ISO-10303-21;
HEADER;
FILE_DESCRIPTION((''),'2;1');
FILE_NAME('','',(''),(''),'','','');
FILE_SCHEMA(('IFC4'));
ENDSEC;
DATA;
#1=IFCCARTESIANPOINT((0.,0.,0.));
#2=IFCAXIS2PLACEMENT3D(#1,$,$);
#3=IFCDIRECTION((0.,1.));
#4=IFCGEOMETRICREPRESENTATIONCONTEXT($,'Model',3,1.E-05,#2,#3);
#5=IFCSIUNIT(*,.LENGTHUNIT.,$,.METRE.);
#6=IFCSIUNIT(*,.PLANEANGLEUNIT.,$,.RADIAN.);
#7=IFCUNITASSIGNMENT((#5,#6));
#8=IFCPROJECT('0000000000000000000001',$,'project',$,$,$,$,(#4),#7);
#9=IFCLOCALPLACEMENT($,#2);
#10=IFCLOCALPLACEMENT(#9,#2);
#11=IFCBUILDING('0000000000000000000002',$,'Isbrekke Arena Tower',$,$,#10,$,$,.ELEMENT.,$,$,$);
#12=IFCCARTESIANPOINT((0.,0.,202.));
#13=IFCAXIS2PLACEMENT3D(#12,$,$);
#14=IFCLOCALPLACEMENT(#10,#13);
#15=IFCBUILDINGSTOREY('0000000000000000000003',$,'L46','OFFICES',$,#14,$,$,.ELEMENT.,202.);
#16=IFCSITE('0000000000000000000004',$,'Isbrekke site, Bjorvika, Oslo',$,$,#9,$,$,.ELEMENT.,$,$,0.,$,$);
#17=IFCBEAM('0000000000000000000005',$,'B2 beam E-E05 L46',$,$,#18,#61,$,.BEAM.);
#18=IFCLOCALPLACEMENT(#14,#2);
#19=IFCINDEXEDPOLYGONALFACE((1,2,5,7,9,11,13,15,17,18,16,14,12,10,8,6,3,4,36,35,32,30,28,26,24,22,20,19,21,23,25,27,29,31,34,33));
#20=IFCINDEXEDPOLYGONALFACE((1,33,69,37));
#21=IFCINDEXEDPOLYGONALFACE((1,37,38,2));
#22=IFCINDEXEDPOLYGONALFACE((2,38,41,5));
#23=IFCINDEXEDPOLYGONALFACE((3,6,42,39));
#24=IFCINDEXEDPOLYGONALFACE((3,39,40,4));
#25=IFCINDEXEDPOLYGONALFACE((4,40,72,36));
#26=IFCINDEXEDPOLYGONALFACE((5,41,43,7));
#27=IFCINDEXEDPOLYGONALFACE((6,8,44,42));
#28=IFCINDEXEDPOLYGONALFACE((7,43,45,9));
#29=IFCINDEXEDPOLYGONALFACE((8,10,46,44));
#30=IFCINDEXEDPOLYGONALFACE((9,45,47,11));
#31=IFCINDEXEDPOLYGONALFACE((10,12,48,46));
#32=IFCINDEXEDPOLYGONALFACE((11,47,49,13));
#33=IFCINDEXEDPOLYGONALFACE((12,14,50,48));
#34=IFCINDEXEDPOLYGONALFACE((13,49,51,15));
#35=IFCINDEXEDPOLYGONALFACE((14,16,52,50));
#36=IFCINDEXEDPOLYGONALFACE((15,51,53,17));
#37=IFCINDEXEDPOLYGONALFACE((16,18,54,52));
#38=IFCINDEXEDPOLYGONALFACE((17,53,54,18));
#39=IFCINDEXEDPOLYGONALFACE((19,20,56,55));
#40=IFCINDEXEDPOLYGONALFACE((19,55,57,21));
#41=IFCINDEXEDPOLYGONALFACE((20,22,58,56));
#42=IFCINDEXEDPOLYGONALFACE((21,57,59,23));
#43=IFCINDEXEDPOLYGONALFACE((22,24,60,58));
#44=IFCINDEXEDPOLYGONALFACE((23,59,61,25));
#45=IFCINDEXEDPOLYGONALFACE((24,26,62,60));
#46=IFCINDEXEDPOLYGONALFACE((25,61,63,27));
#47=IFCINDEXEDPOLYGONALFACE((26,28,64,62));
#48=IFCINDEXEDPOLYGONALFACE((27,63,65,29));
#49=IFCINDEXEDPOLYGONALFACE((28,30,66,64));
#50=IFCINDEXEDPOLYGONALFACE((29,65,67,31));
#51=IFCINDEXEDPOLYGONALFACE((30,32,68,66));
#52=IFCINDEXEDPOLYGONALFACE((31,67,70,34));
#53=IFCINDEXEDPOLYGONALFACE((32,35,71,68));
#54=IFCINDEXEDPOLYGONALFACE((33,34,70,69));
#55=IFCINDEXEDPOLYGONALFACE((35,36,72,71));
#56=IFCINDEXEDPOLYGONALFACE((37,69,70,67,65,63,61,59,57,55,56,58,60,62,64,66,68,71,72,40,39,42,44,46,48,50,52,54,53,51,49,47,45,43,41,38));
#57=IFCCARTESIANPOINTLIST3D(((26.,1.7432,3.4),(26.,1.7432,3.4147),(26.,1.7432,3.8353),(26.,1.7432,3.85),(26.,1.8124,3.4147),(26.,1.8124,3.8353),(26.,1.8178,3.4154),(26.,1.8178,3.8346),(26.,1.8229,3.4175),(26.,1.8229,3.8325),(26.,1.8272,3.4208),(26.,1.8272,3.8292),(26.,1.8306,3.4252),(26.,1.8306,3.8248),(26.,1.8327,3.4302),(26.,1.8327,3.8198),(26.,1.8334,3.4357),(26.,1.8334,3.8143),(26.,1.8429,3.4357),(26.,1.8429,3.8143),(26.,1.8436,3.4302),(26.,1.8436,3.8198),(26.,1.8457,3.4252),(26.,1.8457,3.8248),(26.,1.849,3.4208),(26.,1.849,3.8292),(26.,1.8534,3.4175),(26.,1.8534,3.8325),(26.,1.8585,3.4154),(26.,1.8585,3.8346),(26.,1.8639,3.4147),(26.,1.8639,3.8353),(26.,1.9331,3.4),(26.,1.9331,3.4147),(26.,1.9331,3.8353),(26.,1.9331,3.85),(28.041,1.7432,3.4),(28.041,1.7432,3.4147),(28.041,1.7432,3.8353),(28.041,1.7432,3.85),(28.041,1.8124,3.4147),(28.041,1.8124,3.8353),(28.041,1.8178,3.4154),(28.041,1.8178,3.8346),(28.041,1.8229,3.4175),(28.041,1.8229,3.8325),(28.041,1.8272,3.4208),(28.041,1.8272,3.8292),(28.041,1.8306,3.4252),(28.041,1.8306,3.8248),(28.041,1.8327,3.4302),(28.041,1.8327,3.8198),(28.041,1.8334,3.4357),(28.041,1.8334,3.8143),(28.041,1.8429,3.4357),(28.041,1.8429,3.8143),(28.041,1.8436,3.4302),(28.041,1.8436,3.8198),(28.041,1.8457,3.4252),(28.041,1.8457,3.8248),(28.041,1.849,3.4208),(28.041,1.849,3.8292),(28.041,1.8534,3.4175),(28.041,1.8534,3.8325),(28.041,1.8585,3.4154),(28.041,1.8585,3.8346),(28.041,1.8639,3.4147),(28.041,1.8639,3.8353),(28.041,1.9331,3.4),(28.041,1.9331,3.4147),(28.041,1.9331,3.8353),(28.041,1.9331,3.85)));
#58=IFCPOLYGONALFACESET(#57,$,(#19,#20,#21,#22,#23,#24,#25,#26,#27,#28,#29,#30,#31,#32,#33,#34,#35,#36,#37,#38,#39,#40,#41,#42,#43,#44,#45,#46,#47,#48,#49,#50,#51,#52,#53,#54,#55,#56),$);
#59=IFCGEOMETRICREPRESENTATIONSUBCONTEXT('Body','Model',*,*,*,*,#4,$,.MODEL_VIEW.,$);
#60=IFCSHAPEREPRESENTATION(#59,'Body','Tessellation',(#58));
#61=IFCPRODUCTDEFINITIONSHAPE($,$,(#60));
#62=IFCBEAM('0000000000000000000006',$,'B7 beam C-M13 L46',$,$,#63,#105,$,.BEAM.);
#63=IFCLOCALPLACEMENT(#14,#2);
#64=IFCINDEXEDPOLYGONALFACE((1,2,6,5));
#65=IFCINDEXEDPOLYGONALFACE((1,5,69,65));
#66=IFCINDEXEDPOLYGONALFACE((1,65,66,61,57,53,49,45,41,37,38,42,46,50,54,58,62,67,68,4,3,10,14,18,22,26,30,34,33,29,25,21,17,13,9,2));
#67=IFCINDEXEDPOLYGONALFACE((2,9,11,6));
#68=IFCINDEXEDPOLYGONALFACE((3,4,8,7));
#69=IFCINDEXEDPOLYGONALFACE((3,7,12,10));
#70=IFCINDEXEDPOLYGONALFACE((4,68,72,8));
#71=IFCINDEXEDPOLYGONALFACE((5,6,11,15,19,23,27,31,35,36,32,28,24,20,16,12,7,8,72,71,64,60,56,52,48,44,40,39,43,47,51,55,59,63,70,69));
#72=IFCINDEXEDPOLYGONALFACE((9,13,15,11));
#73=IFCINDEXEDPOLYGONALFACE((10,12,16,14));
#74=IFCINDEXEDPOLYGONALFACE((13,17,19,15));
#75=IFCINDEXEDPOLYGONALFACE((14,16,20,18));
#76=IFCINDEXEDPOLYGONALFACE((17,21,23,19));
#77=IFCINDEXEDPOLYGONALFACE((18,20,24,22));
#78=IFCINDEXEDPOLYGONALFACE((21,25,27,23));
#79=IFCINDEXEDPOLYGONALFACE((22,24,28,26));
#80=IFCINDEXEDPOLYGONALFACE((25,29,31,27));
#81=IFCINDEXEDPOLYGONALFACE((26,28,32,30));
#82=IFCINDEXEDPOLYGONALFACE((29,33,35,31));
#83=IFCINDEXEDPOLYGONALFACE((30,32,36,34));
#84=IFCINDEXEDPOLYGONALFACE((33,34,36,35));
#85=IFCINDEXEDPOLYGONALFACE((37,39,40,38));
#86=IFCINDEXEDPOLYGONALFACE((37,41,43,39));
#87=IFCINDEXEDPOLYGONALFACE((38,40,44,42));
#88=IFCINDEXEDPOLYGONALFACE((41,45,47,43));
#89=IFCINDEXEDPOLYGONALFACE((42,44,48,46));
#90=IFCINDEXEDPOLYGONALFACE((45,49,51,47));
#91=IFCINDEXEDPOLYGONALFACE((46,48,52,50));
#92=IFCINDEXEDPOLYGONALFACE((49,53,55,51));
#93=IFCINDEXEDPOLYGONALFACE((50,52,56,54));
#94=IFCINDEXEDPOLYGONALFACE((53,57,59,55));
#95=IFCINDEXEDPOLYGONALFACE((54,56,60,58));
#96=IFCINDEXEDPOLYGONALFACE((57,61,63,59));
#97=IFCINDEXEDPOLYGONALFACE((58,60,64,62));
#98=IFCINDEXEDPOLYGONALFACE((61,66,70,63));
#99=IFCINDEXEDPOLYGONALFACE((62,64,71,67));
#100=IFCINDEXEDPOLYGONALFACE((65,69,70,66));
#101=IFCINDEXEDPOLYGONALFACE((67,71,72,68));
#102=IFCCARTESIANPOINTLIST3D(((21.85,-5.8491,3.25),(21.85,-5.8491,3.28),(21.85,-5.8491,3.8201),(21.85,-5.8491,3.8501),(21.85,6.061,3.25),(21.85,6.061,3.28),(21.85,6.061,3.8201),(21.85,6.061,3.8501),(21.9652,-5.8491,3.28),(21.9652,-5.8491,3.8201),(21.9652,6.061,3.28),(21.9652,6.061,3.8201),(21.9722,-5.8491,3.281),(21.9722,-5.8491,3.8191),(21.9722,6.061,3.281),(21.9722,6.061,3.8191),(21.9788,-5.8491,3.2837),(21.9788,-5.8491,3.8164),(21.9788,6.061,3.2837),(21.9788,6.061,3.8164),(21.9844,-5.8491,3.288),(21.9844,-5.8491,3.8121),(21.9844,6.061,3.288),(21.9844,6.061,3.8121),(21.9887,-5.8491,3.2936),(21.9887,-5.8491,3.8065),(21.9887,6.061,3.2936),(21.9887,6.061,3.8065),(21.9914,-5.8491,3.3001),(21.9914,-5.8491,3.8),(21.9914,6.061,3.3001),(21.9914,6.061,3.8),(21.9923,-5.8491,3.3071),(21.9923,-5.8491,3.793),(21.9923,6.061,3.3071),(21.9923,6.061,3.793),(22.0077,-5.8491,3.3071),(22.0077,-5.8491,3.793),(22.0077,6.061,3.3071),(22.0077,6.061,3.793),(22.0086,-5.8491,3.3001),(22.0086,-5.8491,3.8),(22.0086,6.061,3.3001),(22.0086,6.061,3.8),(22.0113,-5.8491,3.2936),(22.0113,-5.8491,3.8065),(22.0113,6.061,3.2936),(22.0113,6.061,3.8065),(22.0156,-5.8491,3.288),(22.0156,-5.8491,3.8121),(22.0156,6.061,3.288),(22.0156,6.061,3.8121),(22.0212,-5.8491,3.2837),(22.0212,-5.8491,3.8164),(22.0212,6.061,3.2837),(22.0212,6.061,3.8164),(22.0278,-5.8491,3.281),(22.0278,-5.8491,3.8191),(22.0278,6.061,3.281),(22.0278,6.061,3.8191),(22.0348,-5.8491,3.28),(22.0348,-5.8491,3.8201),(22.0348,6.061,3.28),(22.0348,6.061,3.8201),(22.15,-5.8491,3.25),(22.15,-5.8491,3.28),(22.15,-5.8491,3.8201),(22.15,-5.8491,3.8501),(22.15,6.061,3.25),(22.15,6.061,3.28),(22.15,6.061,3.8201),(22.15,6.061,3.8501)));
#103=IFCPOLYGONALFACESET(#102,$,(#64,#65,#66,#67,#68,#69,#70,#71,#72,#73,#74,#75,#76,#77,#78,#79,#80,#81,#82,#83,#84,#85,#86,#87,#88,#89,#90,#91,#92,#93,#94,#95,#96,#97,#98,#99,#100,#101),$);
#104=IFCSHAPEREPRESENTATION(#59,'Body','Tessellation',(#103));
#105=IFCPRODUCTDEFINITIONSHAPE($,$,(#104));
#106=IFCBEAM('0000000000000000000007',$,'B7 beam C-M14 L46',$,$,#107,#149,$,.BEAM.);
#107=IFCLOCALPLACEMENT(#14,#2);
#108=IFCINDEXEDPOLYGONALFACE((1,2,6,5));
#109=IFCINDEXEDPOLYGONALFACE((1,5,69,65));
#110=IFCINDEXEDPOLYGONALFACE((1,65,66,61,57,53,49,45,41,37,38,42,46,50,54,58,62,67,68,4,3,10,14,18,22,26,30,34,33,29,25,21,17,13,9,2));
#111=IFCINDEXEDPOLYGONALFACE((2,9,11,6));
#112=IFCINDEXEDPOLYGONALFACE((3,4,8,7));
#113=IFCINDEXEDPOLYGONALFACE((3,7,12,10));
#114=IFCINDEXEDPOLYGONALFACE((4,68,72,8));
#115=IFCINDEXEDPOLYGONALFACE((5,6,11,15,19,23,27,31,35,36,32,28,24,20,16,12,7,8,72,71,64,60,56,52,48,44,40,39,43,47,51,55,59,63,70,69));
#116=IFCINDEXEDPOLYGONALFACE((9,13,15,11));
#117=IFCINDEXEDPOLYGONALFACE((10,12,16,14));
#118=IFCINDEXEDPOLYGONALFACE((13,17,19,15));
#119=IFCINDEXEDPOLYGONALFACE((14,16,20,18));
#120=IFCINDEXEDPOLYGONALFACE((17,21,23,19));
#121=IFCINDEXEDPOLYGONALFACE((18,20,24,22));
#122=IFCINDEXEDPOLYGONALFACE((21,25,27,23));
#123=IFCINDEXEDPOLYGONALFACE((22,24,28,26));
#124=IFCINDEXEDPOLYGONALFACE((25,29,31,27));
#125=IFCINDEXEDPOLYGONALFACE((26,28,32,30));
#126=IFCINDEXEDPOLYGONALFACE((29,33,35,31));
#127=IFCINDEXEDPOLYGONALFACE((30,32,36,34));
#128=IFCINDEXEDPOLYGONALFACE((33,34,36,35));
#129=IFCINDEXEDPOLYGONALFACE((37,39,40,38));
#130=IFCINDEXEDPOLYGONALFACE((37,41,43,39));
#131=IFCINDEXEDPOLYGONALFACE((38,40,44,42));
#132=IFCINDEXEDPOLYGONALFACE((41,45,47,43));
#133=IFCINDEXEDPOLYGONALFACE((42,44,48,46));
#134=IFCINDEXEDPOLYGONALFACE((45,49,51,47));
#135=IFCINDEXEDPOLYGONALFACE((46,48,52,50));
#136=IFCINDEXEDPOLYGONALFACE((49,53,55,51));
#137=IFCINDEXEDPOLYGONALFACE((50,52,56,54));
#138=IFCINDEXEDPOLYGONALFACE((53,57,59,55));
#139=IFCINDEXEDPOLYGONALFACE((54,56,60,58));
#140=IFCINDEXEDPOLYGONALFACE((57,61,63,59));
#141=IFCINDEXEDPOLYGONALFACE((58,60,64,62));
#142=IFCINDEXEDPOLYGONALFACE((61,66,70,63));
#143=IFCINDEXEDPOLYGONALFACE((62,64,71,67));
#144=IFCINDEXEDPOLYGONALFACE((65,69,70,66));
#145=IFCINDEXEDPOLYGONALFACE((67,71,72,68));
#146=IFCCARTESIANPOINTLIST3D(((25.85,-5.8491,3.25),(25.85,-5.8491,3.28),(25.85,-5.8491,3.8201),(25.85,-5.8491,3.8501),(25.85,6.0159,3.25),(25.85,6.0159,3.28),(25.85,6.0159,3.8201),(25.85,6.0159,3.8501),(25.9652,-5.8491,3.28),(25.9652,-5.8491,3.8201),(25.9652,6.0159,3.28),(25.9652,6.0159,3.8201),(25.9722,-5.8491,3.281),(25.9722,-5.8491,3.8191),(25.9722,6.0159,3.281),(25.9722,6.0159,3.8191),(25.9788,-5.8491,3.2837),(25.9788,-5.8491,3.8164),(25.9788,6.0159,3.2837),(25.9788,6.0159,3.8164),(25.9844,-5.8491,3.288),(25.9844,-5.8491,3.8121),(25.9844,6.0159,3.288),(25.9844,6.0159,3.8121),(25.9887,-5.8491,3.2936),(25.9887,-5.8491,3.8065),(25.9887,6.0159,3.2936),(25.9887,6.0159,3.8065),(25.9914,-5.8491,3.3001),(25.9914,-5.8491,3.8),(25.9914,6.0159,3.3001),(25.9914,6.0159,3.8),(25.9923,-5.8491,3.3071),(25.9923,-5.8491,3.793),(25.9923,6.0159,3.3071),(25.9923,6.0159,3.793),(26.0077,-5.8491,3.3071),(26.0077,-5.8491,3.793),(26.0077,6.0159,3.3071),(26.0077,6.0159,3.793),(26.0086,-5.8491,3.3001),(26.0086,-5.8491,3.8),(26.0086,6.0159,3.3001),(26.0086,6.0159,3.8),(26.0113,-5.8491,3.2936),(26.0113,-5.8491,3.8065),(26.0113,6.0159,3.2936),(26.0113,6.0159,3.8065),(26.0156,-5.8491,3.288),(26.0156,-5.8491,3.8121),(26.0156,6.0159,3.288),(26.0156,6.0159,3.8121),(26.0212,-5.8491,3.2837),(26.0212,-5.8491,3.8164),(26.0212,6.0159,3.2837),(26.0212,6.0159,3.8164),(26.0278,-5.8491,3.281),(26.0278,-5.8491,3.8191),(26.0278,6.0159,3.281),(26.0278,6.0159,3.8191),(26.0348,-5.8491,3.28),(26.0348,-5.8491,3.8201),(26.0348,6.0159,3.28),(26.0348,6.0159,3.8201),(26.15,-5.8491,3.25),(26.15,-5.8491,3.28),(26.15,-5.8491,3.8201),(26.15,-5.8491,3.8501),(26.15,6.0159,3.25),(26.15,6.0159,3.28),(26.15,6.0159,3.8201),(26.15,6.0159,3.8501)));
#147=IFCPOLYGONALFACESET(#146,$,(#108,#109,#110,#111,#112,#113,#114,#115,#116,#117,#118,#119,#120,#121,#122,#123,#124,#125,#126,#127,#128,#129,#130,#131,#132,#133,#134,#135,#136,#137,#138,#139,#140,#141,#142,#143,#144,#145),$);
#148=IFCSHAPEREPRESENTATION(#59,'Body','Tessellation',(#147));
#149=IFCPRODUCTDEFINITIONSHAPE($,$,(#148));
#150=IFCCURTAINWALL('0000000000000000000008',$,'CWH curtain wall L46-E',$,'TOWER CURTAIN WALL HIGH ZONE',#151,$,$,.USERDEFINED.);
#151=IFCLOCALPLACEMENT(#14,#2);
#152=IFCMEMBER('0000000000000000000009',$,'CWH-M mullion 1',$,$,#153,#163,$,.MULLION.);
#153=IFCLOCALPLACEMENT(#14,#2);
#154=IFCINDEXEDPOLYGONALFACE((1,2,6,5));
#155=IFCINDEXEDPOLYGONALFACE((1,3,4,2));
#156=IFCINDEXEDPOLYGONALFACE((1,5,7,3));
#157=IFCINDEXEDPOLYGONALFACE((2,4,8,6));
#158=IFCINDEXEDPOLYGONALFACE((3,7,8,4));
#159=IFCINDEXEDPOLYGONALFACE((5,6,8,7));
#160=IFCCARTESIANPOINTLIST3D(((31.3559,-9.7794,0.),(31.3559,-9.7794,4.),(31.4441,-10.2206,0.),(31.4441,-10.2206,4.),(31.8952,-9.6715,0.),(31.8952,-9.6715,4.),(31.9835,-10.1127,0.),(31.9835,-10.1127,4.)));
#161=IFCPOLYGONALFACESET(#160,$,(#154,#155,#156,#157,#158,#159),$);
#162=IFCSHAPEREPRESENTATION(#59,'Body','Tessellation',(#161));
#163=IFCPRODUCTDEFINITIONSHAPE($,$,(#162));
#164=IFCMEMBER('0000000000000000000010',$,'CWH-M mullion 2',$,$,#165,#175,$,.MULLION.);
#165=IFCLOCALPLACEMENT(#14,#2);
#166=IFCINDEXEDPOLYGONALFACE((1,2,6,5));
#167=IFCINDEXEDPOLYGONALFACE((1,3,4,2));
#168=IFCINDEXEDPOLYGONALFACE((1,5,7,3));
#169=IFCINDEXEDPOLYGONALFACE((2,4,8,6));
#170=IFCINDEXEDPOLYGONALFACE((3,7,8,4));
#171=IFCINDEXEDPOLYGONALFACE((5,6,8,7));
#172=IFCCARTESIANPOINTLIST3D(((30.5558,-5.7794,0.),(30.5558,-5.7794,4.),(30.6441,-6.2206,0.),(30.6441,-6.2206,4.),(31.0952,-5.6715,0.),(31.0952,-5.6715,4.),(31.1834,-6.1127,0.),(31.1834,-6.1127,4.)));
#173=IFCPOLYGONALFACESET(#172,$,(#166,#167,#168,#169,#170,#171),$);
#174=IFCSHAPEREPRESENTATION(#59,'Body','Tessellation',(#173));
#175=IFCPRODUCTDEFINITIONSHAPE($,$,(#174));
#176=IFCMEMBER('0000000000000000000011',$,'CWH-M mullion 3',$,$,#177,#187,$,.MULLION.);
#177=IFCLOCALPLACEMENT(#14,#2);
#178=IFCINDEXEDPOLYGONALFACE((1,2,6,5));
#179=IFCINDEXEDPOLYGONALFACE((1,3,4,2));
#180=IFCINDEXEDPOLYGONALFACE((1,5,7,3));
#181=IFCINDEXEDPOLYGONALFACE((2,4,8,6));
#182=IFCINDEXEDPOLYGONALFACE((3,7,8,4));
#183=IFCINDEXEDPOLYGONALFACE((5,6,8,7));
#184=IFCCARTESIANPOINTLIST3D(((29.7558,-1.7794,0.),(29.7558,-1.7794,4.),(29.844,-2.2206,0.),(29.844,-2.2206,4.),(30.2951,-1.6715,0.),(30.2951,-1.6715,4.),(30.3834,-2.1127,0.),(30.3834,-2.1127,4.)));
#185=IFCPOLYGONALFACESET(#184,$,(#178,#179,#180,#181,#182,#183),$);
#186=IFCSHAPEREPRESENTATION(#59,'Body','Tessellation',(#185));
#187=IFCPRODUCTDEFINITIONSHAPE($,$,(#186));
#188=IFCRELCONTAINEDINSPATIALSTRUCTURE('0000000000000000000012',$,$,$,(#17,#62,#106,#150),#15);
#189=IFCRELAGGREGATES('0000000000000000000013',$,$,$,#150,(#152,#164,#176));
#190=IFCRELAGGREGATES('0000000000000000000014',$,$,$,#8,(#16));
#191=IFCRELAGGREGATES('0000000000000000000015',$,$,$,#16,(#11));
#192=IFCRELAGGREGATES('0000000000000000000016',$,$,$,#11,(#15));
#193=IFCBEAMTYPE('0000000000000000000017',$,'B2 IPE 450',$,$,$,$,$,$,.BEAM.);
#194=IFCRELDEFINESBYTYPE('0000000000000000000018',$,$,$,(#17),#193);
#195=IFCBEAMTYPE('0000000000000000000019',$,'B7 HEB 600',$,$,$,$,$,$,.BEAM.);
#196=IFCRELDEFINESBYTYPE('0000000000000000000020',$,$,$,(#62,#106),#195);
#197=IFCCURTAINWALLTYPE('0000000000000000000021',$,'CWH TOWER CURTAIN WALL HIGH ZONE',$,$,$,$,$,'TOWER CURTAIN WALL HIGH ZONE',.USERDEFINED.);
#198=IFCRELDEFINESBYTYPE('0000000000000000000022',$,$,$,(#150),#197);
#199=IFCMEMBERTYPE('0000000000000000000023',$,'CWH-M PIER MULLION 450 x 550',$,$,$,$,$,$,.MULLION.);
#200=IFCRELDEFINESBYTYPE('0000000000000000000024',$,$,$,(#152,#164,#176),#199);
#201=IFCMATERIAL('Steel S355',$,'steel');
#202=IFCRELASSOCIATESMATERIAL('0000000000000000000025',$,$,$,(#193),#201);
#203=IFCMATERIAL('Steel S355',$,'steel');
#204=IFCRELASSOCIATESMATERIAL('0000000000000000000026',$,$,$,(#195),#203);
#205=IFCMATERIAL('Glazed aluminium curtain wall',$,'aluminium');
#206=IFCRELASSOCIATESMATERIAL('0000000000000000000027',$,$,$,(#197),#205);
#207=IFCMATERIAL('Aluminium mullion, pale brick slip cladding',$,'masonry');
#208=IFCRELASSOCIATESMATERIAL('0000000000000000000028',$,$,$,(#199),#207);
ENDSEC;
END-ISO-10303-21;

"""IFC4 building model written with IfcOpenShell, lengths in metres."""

from ifc_helpers import new_model, si_unit, direction, frame, origin, origin_2d, place, context, subcontext, project, spatial, rectangle, i_section, extrude, material, material_profile, profile_set, type_object, element, aggregate, save


model = new_model("IFC4")

# Units and contexts
model_context = context("Model", 3, precision=1e-05, world=origin(), true_north=direction((0.0, 1.0)))
body_context = subcontext(model_context, "Body", "Model", "MODEL_VIEW")
ifc_project = project(units=[si_unit("LENGTHUNIT", "METRE"), si_unit("PLANEANGLEUNIT", "RADIAN")], contexts=[model_context])

# Site, building, storey
site_placement = place(None, origin())
site = spatial("IfcSite", under=ifc_project, at=site_placement, Name="Isbrekke site, Bjorvika, Oslo", CompositionType="ELEMENT", RefElevation=0.0)
building_placement = place(site_placement, origin())
building = spatial("IfcBuilding", under=site, at=building_placement, Name="Isbrekke Arena Tower", CompositionType="ELEMENT")
storey_placement = place(building_placement, frame((0.0, 0.0, 202.0)))
storey = spatial("IfcBuildingStorey", under=building, at=storey_placement, Name="L46", Description="OFFICES", CompositionType="ELEMENT", Elevation=202.0)

# Beams
ifc_material_1 = material(Name="Steel S355", Category="steel")
ifc_material_profile_1 = material_profile(ifc_material_1, i_section(OverallWidth=0.1899, OverallDepth=0.45, WebThickness=0.0095, FlangeThickness=0.0146, FilletRadius=0.021, at=origin_2d()), Name="IPE 450")
ifc_profile_set_1 = profile_set([ifc_material_profile_1], Name="Steel S355")
beam_type_1 = type_object("IfcBeamType", Name="B2 IPE 450", PredefinedType="BEAM", material=ifc_profile_set_1)
beam_1_placement = place(storey_placement, frame((28.041, 1.8381, 3.625), z_axis=(-1.0, 0.0, 0.0), x_axis=(0.0, -1.0, 0.0)))
element("IfcBeam", 1, at=beam_1_placement, inside=storey, type_object=beam_type_1, Name="B2 beam E-E05 L46", PredefinedType="BEAM", context=body_context, shape_type="SweptSolid", body=[
    extrude(i_section(OverallWidth=0.1899, OverallDepth=0.45, WebThickness=0.0095, FlangeThickness=0.0146, FilletRadius=0.021, at=origin_2d()), origin(), (0.0, 0.0, 1.0), 2.041),
])
ifc_material_2 = material(Name="Steel S355", Category="steel")
ifc_material_profile_2 = material_profile(ifc_material_2, i_section(OverallWidth=0.3, OverallDepth=0.6001, WebThickness=0.0154, FlangeThickness=0.03, FilletRadius=0.0271, at=origin_2d()), Name="HEB 600")
ifc_profile_set_2 = profile_set([ifc_material_profile_2], Name="Steel S355")
beam_type_2 = type_object("IfcBeamType", Name="B7 HEB 600", PredefinedType="BEAM", material=ifc_profile_set_2)
beam_2_placement = place(storey_placement, frame((22.0, -5.8491, 3.55), z_axis=(0.0, 1.0, 0.0), x_axis=(-1.0, 0.0, 0.0)))
element("IfcBeam", 2, at=beam_2_placement, inside=storey, type_object=beam_type_2, Name="B7 beam C-M13 L46", PredefinedType="BEAM", context=body_context, shape_type="SweptSolid", body=[
    extrude(i_section(OverallWidth=0.3, OverallDepth=0.6001, WebThickness=0.0154, FlangeThickness=0.03, FilletRadius=0.0271, at=origin_2d()), origin(), (0.0, 0.0, 1.0), 11.9102),
])
beam_3_placement = place(storey_placement, frame((26.0, -5.8491, 3.55), z_axis=(0.0, 1.0, 0.0), x_axis=(-1.0, 0.0, 0.0)))
element("IfcBeam", 3, at=beam_3_placement, inside=storey, type_object=beam_type_2, Name="B7 beam C-M14 L46", PredefinedType="BEAM", context=body_context, shape_type="SweptSolid", body=[
    extrude(i_section(OverallWidth=0.3, OverallDepth=0.6001, WebThickness=0.0154, FlangeThickness=0.03, FilletRadius=0.0271, at=origin_2d()), origin(), (0.0, 0.0, 1.0), 11.865),
])

# Curtain wall, members
ifc_material_3 = material(Name="Glazed aluminium curtain wall", Category="aluminium")
curtain_wall_type = type_object("IfcCurtainWallType", Name="CWH TOWER CURTAIN WALL HIGH ZONE", ElementType="TOWER CURTAIN WALL HIGH ZONE", PredefinedType="USERDEFINED", material=ifc_material_3)
curtain_wall_placement = place(storey_placement, origin())
curtain_wall = element("IfcCurtainWall", 4, at=curtain_wall_placement, inside=storey, type_object=curtain_wall_type, Name="CWH curtain wall L46-E", ObjectType="TOWER CURTAIN WALL HIGH ZONE", PredefinedType="USERDEFINED")
ifc_material_4 = material(Name="Aluminium mullion, pale brick slip cladding", Category="masonry")
ifc_material_profile_3 = material_profile(ifc_material_4, rectangle(XDim=0.45, YDim=0.55, at=origin_2d()), Name="PIER 450X550")
ifc_profile_set_3 = profile_set([ifc_material_profile_3], Name="Aluminium mullion, pale brick slip cladding")
member_type_1 = type_object("IfcMemberType", Name="CWH-M PIER MULLION 450 x 550", PredefinedType="MULLION", material=ifc_profile_set_3)
member_1_placement = place(storey_placement, frame((31.6697, -9.946, 0.0), z_axis=(0.0, 0.0, 1.0), x_axis=(-0.196116, 0.980581, 0.0)))
member_1 = element("IfcMember", 5, at=member_1_placement, type_object=member_type_1, Name="CWH-M mullion 1", PredefinedType="MULLION", context=body_context, shape_type="SweptSolid", body=[
    extrude(rectangle(XDim=0.45, YDim=0.55, at=origin_2d()), origin(), (0.0, 0.0, 1.0), 4.0),
])
member_2_placement = place(storey_placement, frame((30.8696, -5.946, 0.0), z_axis=(0.0, 0.0, 1.0), x_axis=(-0.196116, 0.980581, 0.0)))
member_2 = element("IfcMember", 6, at=member_2_placement, type_object=member_type_1, Name="CWH-M mullion 2", PredefinedType="MULLION", context=body_context, shape_type="SweptSolid", body=[
    extrude(rectangle(XDim=0.45, YDim=0.55, at=origin_2d()), origin(), (0.0, 0.0, 1.0), 4.0),
])
member_3_placement = place(storey_placement, frame((30.0696, -1.946, 0.0), z_axis=(0.0, 0.0, 1.0), x_axis=(-0.196116, 0.980581, 0.0)))
member_3 = element("IfcMember", 7, at=member_3_placement, type_object=member_type_1, Name="CWH-M mullion 3", PredefinedType="MULLION", context=body_context, shape_type="SweptSolid", body=[
    extrude(rectangle(XDim=0.45, YDim=0.55, at=origin_2d()), origin(), (0.0, 0.0, 1.0), 4.0),
])

aggregate(curtain_wall, [member_1, member_2, member_3])

save(model, "model.ifc")
